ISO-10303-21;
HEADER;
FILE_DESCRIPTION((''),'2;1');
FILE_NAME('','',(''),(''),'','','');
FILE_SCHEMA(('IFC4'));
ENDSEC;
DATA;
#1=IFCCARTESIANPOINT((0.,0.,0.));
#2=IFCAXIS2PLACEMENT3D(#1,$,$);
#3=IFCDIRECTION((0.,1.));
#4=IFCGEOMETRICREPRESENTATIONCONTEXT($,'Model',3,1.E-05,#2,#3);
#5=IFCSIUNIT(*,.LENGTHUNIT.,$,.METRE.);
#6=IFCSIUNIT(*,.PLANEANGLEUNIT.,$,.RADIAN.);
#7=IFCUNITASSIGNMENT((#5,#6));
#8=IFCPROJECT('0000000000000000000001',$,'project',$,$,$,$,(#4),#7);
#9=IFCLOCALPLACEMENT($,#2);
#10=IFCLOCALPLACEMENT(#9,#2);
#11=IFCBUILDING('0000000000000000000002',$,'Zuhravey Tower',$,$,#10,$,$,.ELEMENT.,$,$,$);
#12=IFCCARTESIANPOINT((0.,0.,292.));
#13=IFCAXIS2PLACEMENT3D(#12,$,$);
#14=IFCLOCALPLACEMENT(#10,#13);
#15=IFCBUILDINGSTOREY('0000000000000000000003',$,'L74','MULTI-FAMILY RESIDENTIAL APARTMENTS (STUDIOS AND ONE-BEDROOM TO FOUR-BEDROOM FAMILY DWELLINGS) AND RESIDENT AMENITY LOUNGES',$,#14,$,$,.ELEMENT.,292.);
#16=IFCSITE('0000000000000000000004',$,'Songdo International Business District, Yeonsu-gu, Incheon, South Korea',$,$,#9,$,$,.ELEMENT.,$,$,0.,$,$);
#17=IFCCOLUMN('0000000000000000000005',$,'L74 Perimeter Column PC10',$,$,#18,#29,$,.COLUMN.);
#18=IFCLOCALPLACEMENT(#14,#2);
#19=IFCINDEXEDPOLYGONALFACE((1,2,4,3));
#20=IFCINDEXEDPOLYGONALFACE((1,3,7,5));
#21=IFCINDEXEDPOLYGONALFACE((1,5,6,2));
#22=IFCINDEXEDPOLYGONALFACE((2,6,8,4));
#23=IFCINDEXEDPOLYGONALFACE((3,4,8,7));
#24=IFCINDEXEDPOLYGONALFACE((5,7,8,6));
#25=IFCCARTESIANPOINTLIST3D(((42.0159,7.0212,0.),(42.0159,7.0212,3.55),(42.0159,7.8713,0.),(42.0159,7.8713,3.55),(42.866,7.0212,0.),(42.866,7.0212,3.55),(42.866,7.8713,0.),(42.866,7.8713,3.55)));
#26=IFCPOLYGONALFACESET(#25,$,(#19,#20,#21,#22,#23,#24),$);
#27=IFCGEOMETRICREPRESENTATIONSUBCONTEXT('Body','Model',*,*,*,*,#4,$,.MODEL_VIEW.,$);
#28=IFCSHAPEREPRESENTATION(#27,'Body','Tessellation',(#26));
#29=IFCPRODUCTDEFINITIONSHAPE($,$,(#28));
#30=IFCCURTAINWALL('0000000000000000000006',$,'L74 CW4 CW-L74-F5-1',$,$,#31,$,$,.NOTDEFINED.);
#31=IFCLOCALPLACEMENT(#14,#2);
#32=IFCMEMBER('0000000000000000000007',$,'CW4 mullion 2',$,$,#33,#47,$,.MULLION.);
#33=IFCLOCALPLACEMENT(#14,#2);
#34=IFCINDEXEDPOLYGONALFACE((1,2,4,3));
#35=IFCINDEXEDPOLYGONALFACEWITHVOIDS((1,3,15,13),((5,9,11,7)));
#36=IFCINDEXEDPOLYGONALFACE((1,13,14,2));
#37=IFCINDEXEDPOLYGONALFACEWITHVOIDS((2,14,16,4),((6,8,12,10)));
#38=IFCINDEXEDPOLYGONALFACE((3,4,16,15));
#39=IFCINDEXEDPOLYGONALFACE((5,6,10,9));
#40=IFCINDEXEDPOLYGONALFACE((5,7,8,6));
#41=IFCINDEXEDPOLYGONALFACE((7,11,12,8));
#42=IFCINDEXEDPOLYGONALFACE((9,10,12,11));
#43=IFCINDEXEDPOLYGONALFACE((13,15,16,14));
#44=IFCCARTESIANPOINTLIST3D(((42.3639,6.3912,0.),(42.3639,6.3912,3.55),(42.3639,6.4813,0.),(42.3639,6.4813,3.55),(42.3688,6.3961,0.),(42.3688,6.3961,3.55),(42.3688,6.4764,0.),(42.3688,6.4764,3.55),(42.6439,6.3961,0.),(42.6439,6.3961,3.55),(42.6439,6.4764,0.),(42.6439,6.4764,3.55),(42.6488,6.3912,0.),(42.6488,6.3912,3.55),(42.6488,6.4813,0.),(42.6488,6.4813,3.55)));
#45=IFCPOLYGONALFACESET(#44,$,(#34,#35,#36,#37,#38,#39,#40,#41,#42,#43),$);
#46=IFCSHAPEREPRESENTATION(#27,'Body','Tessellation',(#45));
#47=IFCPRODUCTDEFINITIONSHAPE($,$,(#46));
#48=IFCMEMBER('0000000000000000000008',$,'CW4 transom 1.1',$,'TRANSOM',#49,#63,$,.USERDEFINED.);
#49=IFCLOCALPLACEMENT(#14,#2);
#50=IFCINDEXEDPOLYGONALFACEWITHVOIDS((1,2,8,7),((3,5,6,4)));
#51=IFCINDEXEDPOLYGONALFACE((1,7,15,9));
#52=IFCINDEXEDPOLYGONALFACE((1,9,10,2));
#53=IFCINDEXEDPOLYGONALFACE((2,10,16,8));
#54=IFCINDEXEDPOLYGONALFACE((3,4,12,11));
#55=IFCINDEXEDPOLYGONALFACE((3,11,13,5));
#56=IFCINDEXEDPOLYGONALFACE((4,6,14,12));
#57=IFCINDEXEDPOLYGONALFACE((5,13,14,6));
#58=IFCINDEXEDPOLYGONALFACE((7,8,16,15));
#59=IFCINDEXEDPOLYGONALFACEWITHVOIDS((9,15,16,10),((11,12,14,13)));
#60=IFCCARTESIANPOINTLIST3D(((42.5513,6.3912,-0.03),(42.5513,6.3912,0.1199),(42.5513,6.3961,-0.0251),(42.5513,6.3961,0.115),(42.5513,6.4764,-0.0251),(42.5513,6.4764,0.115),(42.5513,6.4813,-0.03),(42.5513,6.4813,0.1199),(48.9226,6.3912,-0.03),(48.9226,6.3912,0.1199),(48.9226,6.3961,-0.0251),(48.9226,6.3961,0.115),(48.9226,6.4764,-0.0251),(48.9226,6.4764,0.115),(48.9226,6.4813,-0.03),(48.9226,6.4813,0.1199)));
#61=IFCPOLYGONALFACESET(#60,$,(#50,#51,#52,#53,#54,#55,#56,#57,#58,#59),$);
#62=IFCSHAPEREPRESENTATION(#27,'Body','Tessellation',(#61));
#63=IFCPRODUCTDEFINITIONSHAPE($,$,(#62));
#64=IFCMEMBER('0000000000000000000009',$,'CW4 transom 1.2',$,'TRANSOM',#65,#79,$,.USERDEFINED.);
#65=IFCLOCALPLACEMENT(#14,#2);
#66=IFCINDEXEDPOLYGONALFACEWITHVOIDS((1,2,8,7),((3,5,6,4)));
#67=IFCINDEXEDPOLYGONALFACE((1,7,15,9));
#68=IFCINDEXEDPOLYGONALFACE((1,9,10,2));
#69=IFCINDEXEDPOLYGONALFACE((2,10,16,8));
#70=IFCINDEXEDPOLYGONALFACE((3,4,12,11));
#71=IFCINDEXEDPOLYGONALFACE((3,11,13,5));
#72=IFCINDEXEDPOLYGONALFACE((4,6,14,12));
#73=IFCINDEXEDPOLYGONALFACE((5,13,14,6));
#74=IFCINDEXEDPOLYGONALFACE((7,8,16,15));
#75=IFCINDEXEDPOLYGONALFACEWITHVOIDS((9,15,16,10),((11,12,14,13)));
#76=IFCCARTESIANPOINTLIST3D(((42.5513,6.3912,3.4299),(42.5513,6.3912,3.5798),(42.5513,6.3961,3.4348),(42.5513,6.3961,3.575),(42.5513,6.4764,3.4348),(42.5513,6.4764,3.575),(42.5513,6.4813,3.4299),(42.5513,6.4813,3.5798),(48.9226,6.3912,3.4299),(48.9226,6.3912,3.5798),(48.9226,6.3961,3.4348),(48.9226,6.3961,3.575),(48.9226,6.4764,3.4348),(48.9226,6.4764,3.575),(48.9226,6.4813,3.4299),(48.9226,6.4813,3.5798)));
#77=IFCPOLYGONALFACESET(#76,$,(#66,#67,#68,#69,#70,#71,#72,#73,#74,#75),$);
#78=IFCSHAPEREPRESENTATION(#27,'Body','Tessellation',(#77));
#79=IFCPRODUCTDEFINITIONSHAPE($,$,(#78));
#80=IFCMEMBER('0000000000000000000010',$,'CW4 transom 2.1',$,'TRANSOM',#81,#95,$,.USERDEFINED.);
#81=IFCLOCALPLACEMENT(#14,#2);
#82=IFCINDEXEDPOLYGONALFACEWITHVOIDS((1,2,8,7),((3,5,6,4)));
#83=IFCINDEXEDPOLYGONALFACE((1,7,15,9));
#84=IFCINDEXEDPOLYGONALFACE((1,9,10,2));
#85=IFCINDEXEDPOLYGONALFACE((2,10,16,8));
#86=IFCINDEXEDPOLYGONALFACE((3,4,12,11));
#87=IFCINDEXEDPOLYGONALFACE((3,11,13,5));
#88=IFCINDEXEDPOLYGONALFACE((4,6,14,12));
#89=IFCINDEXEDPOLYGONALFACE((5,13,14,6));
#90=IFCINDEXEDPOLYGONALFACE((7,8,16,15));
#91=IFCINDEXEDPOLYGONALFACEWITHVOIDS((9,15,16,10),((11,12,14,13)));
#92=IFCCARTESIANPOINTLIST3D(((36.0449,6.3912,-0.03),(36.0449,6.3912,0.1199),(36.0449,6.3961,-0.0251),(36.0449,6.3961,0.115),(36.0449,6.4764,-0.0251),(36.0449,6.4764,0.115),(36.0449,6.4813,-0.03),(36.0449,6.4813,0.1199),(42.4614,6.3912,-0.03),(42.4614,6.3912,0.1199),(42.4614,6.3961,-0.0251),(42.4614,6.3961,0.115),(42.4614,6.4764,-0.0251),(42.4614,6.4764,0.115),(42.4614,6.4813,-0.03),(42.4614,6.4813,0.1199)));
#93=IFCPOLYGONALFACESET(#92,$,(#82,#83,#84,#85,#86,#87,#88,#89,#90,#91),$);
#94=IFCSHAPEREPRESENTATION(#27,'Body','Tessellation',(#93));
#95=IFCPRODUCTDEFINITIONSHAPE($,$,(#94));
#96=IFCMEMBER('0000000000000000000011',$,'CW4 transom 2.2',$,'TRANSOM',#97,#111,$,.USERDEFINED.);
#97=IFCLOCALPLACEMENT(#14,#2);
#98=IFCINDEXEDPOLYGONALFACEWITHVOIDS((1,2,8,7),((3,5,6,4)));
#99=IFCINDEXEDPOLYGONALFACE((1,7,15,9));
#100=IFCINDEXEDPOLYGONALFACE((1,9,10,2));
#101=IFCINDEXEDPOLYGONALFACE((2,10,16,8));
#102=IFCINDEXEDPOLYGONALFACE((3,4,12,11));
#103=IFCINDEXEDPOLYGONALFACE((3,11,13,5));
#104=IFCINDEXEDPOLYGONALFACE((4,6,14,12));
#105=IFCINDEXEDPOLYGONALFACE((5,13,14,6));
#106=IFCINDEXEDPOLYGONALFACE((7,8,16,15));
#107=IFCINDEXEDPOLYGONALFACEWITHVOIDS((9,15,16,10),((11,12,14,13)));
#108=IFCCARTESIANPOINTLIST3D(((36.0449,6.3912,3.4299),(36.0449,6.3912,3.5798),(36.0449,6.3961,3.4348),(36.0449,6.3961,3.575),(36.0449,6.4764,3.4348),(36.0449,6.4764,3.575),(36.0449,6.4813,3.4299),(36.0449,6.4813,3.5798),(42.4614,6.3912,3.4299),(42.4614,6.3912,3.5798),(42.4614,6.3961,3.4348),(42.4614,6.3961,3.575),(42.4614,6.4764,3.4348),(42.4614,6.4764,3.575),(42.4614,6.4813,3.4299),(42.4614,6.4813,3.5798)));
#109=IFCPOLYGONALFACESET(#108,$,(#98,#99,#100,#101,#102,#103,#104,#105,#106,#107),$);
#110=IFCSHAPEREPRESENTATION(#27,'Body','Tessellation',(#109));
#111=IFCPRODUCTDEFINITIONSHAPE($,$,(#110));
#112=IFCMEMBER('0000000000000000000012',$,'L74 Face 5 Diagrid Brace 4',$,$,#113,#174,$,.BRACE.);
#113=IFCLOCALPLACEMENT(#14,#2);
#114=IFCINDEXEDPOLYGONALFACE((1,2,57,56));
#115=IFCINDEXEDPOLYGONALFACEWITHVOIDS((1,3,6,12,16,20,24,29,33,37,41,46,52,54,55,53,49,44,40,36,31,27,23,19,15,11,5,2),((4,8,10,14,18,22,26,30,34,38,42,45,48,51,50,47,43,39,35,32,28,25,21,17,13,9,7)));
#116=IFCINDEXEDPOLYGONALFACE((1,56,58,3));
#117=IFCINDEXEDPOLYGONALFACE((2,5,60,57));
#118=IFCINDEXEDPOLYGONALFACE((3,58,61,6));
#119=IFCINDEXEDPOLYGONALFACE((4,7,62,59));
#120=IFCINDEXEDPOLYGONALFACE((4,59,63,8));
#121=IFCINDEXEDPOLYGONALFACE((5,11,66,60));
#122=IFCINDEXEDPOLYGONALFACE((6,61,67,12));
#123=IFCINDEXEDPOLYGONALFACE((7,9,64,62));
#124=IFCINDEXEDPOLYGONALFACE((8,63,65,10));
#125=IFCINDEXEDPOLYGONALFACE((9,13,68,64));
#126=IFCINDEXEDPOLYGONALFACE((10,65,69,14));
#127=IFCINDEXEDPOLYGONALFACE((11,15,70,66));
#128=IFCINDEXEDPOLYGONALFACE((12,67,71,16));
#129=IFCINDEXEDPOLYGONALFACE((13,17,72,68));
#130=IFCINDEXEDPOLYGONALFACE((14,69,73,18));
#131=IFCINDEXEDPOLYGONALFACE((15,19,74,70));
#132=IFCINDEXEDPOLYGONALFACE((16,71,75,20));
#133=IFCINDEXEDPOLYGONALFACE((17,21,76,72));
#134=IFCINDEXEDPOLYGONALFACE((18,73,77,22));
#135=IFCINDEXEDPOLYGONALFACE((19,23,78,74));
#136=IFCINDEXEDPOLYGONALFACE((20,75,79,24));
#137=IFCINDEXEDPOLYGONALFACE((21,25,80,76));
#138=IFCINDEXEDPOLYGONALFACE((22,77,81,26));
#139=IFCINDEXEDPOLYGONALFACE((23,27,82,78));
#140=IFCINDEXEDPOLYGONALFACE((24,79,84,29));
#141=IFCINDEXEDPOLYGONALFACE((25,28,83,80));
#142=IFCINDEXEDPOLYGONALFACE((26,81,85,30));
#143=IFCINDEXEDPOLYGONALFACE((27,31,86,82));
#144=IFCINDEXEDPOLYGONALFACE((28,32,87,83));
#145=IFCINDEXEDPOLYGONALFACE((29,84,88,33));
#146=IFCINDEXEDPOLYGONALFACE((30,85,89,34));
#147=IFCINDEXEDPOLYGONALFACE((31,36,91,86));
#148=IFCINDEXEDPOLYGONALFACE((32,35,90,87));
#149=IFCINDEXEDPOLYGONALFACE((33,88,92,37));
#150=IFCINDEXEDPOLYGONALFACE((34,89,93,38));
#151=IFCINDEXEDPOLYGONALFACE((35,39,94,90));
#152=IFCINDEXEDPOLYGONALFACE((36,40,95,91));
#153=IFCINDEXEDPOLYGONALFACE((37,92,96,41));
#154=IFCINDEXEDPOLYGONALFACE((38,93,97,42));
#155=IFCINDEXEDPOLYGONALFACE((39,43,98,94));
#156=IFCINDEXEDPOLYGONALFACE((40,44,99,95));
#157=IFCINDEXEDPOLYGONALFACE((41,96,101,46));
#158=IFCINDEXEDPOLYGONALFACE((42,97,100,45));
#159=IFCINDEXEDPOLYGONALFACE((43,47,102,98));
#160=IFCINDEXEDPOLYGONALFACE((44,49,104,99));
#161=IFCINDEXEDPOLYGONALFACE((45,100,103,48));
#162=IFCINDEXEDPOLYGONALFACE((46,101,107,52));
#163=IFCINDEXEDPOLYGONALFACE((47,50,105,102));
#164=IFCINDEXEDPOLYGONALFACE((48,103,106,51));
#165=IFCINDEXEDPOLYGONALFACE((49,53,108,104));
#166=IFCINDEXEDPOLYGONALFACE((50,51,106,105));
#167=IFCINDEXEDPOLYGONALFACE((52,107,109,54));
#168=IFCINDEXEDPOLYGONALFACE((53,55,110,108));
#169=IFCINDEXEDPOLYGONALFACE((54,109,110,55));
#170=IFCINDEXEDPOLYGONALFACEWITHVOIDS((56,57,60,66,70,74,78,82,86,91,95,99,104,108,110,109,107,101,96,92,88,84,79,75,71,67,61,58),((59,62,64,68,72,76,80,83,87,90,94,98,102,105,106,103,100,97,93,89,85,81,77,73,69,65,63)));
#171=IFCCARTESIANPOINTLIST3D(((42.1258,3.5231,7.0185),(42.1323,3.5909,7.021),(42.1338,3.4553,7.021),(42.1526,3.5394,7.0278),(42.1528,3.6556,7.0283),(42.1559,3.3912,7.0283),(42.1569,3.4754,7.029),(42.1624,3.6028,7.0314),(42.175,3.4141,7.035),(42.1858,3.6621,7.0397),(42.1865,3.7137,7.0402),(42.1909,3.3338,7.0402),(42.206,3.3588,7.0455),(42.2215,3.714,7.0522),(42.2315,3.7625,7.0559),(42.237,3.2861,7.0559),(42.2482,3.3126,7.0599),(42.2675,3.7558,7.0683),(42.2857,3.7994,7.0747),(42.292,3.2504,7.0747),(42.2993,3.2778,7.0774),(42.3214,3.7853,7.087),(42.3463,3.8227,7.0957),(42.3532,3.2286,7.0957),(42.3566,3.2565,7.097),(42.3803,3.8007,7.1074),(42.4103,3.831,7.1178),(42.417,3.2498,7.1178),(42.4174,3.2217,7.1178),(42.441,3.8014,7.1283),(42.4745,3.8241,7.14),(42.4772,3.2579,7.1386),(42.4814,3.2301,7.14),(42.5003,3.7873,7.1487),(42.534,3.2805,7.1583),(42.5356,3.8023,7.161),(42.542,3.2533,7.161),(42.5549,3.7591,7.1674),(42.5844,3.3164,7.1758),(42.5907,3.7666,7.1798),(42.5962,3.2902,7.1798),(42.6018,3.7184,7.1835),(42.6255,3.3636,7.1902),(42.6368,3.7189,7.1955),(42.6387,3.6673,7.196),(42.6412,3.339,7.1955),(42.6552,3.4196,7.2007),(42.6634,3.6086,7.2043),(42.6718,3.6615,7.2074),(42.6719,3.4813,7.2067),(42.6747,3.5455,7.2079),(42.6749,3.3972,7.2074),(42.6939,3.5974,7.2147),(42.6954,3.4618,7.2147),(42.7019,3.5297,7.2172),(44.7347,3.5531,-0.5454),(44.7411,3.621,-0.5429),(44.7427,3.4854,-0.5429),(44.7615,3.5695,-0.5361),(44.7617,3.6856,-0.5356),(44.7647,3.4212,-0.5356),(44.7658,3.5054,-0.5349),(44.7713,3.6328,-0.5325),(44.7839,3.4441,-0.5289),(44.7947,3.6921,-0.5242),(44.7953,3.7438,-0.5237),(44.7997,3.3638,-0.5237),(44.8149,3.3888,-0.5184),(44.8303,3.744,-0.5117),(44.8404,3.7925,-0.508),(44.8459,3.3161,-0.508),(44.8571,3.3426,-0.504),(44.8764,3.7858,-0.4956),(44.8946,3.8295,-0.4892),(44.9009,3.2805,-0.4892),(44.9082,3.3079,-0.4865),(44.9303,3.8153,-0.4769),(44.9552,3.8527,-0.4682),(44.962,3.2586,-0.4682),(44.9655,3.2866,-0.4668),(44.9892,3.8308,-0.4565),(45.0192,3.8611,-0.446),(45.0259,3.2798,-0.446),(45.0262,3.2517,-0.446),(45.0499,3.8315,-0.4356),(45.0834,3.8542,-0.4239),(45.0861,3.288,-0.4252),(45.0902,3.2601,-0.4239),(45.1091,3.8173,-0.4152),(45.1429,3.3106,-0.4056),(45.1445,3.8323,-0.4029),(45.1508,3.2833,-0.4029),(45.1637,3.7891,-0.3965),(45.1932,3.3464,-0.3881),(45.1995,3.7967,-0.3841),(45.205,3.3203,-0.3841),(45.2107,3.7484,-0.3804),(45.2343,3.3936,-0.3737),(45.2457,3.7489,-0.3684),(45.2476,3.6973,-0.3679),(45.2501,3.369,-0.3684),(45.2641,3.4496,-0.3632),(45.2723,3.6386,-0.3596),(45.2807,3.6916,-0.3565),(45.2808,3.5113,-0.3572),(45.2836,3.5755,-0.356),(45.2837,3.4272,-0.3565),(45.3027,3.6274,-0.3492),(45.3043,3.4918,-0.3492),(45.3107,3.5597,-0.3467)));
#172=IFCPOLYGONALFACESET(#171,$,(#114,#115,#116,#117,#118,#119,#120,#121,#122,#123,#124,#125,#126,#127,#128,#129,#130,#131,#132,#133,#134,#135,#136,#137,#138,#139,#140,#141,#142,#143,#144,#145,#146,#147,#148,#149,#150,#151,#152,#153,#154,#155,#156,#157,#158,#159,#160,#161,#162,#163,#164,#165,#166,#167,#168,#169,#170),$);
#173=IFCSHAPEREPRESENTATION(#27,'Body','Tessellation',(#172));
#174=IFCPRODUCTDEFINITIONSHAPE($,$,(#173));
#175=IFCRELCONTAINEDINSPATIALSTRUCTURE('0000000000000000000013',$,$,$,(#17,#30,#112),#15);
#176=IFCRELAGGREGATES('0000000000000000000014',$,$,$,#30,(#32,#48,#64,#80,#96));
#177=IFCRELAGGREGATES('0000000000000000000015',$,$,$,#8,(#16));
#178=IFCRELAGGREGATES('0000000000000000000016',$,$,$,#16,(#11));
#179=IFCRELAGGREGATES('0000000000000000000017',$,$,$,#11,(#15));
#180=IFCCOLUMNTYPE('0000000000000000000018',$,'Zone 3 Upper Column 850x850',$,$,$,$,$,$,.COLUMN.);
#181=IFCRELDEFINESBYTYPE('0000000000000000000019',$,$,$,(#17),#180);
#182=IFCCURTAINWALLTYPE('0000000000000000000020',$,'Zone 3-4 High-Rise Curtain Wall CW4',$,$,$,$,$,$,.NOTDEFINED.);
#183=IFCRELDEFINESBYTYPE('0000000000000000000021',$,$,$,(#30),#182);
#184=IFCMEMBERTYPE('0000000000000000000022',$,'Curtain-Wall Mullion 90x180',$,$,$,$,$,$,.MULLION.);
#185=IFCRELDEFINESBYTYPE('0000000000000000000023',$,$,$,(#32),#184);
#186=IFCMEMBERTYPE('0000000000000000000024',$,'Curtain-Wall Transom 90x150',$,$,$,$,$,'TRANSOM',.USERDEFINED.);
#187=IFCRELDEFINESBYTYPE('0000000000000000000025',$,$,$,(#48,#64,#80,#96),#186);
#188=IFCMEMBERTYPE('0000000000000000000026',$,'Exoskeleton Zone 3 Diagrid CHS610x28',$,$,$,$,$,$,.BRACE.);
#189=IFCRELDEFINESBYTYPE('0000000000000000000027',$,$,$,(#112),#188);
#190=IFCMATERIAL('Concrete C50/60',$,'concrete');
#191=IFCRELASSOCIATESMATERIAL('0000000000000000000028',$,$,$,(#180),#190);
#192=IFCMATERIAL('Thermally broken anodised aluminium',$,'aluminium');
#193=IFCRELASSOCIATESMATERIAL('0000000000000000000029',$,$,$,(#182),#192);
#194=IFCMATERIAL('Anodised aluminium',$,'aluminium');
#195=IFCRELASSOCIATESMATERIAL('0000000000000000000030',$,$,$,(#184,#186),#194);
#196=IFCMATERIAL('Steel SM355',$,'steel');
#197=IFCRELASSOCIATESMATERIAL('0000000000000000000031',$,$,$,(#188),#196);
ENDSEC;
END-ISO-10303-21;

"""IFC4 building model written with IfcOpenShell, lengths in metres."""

from ifc_helpers import new_model, si_unit, direction, frame, origin, origin_2d, place, context, subcontext, project, spatial, rectangle, hollow_rectangle, hollow_circle, extrude, material, material_profile, profile_set, type_object, element, aggregate, save


model = new_model("IFC4")

# Units and contexts
model_context = context("Model", 3, precision=1e-05, world=origin(), true_north=direction((0.0, 1.0)))
body_context = subcontext(model_context, "Body", "Model", "MODEL_VIEW")
ifc_project = project(units=[si_unit("LENGTHUNIT", "METRE"), si_unit("PLANEANGLEUNIT", "RADIAN")], contexts=[model_context])

# Site, building, storey
site_placement = place(None, origin())
site = spatial("IfcSite", under=ifc_project, at=site_placement, Name="Songdo International Business District, Yeonsu-gu, Incheon, South Korea", CompositionType="ELEMENT", RefElevation=0.0)
building_placement = place(site_placement, origin())
building = spatial("IfcBuilding", under=site, at=building_placement, Name="Zuhravey Tower", CompositionType="ELEMENT")
storey_placement = place(building_placement, frame((0.0, 0.0, 292.0)))
storey = spatial("IfcBuildingStorey", under=building, at=storey_placement, Name="L74", Description="MULTI-FAMILY RESIDENTIAL APARTMENTS (STUDIOS AND ONE-BEDROOM TO FOUR-BEDROOM FAMILY DWELLINGS) AND RESIDENT AMENITY LOUNGES", CompositionType="ELEMENT", Elevation=292.0)

# Column
ifc_material_1 = material(Name="Concrete C50/60", Category="concrete")
ifc_material_profile_1 = material_profile(ifc_material_1, rectangle(XDim=0.8501, YDim=0.8501, at=origin_2d()), Name="RC-850x850")
ifc_profile_set_1 = profile_set([ifc_material_profile_1], Name="Concrete C50/60")
column_type = type_object("IfcColumnType", Name="Zone 3 Upper Column 850x850", PredefinedType="COLUMN", material=ifc_profile_set_1)
column_placement = place(storey_placement, frame((42.4409, 7.4463, 0.0), z_axis=(0.0, 0.0, 1.0), x_axis=(1.0, 0.0, 0.0)))
element("IfcColumn", 1, at=column_placement, inside=storey, type_object=column_type, Name="L74 Perimeter Column PC10", PredefinedType="COLUMN", context=body_context, shape_type="SweptSolid", body=[
    extrude(rectangle(XDim=0.8501, YDim=0.8501, at=origin_2d()), origin(), (0.0, 0.0, 1.0), 3.55),
])

# Curtain wall, members
ifc_material_2 = material(Name="Thermally broken anodised aluminium", Category="aluminium")
curtain_wall_type = type_object("IfcCurtainWallType", Name="Zone 3-4 High-Rise Curtain Wall CW4", PredefinedType="NOTDEFINED", material=ifc_material_2)
curtain_wall_placement = place(storey_placement, origin())
curtain_wall = element("IfcCurtainWall", 2, at=curtain_wall_placement, inside=storey, type_object=curtain_wall_type, Name="L74 CW4 CW-L74-F5-1", PredefinedType="NOTDEFINED")
ifc_material_3 = material(Name="Anodised aluminium", Category="aluminium")
ifc_material_profile_2 = material_profile(ifc_material_3, hollow_rectangle(XDim=0.0901, YDim=0.2849, WallThickness=0.0049, at=origin_2d()), Name="ALU-RHS-90x285x5")
ifc_profile_set_2 = profile_set([ifc_material_profile_2], Name="Anodised aluminium")
member_type_1 = type_object("IfcMemberType", Name="Curtain-Wall Mullion 90x180", PredefinedType="MULLION", material=ifc_profile_set_2)
member_1_placement = place(storey_placement, frame((42.5063, 6.4363, 0.0), z_axis=(0.0, 0.0, 1.0), x_axis=(0.0, -1.0, 0.0)))
member_1 = element("IfcMember", 3, at=member_1_placement, type_object=member_type_1, Name="CW4 mullion 2", PredefinedType="MULLION", context=body_context, shape_type="SweptSolid", body=[
    extrude(hollow_rectangle(XDim=0.0901, YDim=0.2849, WallThickness=0.0049, at=origin_2d()), origin(), (0.0, 0.0, 1.0), 3.55),
])
ifc_material_profile_3 = material_profile(ifc_material_3, hollow_rectangle(XDim=0.0901, YDim=0.1499, WallThickness=0.0049, at=origin_2d()), Name="ALU-RHS-90x150x5")
ifc_profile_set_3 = profile_set([ifc_material_profile_3], Name="Anodised aluminium")
member_type_2 = type_object("IfcMemberType", Name="Curtain-Wall Transom 90x150", ElementType="TRANSOM", PredefinedType="USERDEFINED", material=ifc_profile_set_3)
member_2_placement = place(storey_placement, frame((48.9226, 6.4363, 0.0449), z_axis=(-1.0, 0.0, 0.0), x_axis=(0.0, -1.0, 0.0)))
member_2 = element("IfcMember", 4, at=member_2_placement, type_object=member_type_2, Name="CW4 transom 1.1", ObjectType="TRANSOM", PredefinedType="USERDEFINED", context=body_context, shape_type="SweptSolid", body=[
    extrude(hollow_rectangle(XDim=0.0901, YDim=0.1499, WallThickness=0.0049, at=origin_2d()), origin(), (0.0, 0.0, 1.0), 6.3713),
])
member_3_placement = place(storey_placement, frame((48.9226, 6.4363, 3.5049), z_axis=(-1.0, 0.0, 0.0), x_axis=(0.0, -1.0, 0.0)))
member_3 = element("IfcMember", 5, at=member_3_placement, type_object=member_type_2, Name="CW4 transom 1.2", ObjectType="TRANSOM", PredefinedType="USERDEFINED", context=body_context, shape_type="SweptSolid", body=[
    extrude(hollow_rectangle(XDim=0.0901, YDim=0.1499, WallThickness=0.0049, at=origin_2d()), origin(), (0.0, 0.0, 1.0), 6.3713),
])
member_4_placement = place(storey_placement, frame((42.4614, 6.4363, 0.0449), z_axis=(-1.0, 0.0, 0.0), x_axis=(0.0, -1.0, 0.0)))
member_4 = element("IfcMember", 6, at=member_4_placement, type_object=member_type_2, Name="CW4 transom 2.1", ObjectType="TRANSOM", PredefinedType="USERDEFINED", context=body_context, shape_type="SweptSolid", body=[
    extrude(hollow_rectangle(XDim=0.0901, YDim=0.1499, WallThickness=0.0049, at=origin_2d()), origin(), (0.0, 0.0, 1.0), 6.4165),
])
member_5_placement = place(storey_placement, frame((42.4614, 6.4363, 3.5049), z_axis=(-1.0, 0.0, 0.0), x_axis=(0.0, -1.0, 0.0)))
member_5 = element("IfcMember", 7, at=member_5_placement, type_object=member_type_2, Name="CW4 transom 2.2", ObjectType="TRANSOM", PredefinedType="USERDEFINED", context=body_context, shape_type="SweptSolid", body=[
    extrude(hollow_rectangle(XDim=0.0901, YDim=0.1499, WallThickness=0.0049, at=origin_2d()), origin(), (0.0, 0.0, 1.0), 6.4165),
])

# Member
ifc_material_4 = material(Name="Steel SM355", Category="steel")
ifc_material_profile_4 = material_profile(ifc_material_4, hollow_circle(Radius=0.3047, WallThickness=0.0281, at=origin_2d()), Name="CHS-609.6x28")
ifc_profile_set_4 = profile_set([ifc_material_profile_4], Name="Steel SM355")
member_type_3 = type_object("IfcMemberType", Name="Exoskeleton Zone 3 Diagrid CHS610x28", PredefinedType="BRACE", material=ifc_profile_set_4)
member_6_placement = place(storey_placement, frame((45.0227, 3.5564, -0.446), z_axis=(-0.326058, -0.003753, 0.945342), x_axis=(0.01151, -0.999934, 0.0)))
element("IfcMember", 8, at=member_6_placement, inside=storey, type_object=member_type_3, Name="L74 Face 5 Diagrid Brace 4", PredefinedType="BRACE", context=body_context, shape_type="SweptSolid", body=[
    extrude(hollow_circle(Radius=0.3047, WallThickness=0.0281, at=origin_2d()), origin(), (0.0, 0.0, 1.0), 8.0012),
])

aggregate(curtain_wall, [member_1, member_2, member_3, member_4, member_5])

save(model, "model.ifc")
